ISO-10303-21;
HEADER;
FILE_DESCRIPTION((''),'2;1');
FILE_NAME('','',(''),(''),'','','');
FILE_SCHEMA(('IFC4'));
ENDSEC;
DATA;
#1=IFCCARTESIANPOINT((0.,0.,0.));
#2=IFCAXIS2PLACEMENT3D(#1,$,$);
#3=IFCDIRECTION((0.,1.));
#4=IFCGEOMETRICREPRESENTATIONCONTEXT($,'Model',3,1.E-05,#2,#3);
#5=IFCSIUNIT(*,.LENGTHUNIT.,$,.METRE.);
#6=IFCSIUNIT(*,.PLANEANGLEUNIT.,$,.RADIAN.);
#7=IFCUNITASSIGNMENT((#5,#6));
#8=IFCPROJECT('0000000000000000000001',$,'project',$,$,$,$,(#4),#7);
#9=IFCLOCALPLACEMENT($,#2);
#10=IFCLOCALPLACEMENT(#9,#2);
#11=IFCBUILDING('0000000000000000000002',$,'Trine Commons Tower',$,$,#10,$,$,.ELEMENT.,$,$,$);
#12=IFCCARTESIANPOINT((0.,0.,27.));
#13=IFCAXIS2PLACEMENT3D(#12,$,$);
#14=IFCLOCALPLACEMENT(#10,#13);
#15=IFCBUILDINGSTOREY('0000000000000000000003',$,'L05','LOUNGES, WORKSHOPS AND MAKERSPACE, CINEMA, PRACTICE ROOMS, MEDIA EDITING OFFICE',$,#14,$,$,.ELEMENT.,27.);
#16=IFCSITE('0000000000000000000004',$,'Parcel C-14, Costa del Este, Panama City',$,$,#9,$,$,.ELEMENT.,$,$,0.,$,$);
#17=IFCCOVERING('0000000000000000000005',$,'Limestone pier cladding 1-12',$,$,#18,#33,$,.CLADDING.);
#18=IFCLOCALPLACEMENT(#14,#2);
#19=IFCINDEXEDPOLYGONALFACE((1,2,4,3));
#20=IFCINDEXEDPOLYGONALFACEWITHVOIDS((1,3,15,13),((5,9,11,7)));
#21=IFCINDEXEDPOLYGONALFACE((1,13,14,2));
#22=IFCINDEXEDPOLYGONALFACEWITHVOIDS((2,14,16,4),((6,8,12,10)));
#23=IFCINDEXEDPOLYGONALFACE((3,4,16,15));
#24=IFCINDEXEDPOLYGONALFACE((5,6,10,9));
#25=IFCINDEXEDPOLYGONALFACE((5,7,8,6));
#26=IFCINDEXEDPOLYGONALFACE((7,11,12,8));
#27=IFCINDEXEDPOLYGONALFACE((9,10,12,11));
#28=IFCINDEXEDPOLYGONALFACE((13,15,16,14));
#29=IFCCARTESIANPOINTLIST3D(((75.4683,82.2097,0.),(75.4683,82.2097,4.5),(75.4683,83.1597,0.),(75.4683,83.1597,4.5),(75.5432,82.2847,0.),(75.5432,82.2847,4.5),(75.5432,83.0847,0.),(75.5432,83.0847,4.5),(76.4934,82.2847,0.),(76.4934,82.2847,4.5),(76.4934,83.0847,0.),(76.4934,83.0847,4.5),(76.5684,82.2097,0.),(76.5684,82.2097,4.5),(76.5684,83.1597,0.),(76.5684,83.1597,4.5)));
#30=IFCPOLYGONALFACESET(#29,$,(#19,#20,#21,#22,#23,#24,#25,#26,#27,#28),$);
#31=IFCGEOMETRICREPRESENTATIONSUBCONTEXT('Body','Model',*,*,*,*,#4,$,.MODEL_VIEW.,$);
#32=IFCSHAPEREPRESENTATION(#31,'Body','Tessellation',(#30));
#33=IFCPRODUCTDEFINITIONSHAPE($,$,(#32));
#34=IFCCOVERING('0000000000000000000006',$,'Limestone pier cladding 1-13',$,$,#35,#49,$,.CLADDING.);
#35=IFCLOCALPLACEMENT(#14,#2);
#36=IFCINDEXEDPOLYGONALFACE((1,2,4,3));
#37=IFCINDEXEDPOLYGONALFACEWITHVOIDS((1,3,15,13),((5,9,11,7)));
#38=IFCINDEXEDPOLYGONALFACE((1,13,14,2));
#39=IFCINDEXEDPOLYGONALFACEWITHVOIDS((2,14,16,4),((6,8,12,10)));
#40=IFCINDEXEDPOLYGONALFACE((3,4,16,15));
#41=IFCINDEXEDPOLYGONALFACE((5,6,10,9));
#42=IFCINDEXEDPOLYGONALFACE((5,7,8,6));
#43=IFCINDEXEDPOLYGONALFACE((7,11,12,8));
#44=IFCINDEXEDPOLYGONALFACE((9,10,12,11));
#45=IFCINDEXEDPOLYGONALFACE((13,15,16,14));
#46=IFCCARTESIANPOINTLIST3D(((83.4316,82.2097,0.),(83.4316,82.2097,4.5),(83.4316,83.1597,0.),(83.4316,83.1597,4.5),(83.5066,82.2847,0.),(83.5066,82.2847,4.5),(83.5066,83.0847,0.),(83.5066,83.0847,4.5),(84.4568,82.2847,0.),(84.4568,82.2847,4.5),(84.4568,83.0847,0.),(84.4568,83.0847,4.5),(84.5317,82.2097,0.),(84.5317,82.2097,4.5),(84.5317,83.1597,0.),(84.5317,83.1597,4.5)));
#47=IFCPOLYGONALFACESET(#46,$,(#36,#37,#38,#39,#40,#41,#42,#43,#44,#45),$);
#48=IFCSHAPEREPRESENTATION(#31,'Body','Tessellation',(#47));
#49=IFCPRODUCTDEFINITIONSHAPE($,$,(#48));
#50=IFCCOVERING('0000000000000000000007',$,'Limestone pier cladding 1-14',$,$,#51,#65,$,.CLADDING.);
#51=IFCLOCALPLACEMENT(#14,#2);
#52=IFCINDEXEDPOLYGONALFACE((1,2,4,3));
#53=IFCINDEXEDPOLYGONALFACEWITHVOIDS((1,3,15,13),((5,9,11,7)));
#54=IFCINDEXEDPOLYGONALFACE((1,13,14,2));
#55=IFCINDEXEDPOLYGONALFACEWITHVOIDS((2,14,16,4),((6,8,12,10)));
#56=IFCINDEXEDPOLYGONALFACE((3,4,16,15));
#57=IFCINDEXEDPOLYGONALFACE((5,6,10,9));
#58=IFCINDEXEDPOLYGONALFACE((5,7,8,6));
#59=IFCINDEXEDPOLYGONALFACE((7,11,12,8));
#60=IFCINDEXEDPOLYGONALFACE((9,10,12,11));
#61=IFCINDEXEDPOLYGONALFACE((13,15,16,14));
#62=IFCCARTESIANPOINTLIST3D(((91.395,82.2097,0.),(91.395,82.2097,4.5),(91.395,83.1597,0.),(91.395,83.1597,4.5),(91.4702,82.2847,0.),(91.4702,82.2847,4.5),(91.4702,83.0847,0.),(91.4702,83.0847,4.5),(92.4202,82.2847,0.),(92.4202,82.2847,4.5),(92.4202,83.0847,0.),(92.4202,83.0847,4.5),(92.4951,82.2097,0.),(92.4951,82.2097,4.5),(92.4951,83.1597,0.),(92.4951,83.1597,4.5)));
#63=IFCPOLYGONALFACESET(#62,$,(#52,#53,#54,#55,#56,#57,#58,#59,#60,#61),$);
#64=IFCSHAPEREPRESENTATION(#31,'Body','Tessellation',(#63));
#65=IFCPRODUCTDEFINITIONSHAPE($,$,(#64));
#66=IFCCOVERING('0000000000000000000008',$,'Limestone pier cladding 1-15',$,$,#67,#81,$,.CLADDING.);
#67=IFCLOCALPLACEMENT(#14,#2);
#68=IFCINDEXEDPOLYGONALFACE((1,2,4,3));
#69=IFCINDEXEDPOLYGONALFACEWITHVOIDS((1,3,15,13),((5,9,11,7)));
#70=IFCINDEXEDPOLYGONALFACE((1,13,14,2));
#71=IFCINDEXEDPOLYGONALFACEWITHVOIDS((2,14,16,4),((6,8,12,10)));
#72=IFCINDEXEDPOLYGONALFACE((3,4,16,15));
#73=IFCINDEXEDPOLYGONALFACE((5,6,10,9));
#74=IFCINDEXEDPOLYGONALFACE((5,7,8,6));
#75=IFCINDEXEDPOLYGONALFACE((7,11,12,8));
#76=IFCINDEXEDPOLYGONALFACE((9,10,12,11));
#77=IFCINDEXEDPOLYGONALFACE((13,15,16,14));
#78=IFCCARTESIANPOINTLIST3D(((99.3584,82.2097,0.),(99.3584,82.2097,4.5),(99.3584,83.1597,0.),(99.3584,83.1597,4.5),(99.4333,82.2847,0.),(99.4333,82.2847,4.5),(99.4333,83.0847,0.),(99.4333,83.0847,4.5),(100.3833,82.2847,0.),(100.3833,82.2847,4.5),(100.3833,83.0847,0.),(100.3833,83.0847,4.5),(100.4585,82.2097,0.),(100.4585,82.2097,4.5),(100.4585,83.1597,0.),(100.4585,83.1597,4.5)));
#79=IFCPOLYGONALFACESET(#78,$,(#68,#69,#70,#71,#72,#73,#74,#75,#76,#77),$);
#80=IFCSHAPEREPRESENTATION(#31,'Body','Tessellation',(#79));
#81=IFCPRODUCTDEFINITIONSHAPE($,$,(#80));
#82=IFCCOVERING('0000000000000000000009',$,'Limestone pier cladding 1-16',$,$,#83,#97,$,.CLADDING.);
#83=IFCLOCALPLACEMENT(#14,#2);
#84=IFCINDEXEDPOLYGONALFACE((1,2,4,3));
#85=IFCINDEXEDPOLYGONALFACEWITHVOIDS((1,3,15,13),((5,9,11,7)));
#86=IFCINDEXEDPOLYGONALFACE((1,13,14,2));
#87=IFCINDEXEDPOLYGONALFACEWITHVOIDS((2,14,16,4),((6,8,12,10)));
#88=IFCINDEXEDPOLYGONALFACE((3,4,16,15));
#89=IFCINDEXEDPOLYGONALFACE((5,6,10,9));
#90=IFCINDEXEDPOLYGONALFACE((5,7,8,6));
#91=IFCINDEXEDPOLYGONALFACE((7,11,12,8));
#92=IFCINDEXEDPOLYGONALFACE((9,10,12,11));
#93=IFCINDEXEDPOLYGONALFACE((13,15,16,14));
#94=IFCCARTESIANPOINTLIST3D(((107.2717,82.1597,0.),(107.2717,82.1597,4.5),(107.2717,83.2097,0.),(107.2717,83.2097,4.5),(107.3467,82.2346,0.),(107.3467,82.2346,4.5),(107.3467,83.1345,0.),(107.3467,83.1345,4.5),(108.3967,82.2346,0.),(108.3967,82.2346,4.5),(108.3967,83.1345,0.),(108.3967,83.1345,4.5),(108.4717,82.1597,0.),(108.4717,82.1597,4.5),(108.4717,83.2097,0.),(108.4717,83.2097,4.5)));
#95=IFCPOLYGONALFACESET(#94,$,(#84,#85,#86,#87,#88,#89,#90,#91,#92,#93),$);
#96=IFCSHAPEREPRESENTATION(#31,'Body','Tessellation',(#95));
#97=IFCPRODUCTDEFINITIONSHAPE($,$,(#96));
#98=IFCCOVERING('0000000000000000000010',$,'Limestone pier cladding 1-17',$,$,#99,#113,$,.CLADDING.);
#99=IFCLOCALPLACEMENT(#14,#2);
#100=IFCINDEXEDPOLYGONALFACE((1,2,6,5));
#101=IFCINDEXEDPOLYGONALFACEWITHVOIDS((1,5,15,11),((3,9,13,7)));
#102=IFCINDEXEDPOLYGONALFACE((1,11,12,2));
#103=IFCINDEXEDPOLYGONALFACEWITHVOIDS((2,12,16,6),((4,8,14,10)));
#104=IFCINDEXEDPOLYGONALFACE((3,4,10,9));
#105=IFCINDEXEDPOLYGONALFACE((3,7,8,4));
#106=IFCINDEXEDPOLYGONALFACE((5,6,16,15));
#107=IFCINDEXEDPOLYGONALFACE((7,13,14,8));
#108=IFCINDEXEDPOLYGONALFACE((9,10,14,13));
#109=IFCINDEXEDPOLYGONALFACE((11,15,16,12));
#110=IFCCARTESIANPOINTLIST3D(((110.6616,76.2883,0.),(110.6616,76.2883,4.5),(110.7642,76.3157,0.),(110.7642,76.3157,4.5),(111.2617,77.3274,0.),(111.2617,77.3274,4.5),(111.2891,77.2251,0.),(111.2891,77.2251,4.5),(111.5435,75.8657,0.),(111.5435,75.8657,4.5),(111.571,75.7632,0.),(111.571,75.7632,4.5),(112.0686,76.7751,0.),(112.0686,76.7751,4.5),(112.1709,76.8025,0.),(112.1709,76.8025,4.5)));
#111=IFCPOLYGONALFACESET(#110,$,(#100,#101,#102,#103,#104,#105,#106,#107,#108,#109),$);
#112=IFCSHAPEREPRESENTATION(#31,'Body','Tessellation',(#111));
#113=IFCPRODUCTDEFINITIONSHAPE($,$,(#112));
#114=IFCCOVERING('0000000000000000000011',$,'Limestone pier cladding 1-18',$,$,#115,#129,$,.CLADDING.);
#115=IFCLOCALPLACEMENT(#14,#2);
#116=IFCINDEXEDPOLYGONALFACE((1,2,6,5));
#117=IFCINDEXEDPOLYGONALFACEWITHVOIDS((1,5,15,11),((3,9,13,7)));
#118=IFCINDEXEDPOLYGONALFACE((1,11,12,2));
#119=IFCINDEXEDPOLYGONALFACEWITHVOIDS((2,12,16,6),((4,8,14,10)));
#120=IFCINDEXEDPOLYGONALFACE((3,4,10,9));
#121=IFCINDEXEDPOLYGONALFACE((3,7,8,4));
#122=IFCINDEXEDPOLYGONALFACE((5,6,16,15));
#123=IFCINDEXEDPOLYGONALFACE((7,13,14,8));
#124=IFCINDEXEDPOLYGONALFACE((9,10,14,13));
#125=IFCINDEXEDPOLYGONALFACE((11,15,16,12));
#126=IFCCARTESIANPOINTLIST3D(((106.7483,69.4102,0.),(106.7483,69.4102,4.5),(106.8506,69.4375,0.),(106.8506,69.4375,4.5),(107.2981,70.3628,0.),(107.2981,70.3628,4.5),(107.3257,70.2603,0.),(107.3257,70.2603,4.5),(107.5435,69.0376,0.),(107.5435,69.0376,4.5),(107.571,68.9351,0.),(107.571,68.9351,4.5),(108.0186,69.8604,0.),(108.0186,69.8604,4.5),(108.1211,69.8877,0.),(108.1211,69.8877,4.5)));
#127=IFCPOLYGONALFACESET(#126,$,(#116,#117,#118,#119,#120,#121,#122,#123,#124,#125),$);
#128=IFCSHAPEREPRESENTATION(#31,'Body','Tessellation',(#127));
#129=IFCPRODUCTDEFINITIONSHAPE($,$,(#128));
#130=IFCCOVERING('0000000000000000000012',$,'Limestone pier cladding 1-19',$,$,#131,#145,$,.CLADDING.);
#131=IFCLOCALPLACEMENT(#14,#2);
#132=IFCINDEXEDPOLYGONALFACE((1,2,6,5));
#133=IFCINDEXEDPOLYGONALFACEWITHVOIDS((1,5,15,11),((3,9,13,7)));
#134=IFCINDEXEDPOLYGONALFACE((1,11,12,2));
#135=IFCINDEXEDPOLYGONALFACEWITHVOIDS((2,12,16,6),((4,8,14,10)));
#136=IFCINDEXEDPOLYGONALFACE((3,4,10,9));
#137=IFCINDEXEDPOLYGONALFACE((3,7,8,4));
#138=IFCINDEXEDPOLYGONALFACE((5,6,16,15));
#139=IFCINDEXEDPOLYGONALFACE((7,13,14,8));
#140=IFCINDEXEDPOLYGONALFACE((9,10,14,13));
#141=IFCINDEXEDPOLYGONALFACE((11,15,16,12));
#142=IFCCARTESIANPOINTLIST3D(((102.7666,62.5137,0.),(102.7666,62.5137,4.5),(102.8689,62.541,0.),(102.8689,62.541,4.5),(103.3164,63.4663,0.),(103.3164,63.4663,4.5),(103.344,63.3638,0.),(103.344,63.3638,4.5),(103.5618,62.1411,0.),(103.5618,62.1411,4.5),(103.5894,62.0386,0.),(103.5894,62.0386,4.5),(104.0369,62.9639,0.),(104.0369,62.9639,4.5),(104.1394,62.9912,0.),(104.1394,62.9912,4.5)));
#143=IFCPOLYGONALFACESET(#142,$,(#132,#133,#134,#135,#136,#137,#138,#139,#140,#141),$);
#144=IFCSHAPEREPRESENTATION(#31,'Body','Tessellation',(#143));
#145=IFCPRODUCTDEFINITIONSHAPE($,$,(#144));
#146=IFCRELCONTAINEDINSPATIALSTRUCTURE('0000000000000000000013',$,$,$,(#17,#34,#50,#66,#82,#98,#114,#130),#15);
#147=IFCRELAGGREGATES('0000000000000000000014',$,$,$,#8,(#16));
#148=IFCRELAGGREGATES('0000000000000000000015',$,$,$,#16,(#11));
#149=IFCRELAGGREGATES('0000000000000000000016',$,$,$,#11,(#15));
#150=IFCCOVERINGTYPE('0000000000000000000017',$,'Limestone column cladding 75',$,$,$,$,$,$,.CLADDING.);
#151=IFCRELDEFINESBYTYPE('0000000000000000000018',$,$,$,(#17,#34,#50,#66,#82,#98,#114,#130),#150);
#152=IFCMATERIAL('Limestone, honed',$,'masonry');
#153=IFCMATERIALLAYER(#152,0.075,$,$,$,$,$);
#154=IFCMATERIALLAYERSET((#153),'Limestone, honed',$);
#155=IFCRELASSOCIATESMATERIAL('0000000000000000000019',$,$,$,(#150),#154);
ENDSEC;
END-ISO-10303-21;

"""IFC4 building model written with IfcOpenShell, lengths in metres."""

from ifc_helpers import new_model, si_unit, direction, frame, origin, place, context, subcontext, project, spatial, polyline, outline, extrude, material, layer, layer_set, type_object, element, save


model = new_model("IFC4")

# Units and contexts
model_context = context("Model", 3, precision=1e-05, world=origin(), true_north=direction((0.0, 1.0)))
body_context = subcontext(model_context, "Body", "Model", "MODEL_VIEW")
ifc_project = project(units=[si_unit("LENGTHUNIT", "METRE"), si_unit("PLANEANGLEUNIT", "RADIAN")], contexts=[model_context])

# Site, building, storey
site_placement = place(None, origin())
site = spatial("IfcSite", under=ifc_project, at=site_placement, Name="Parcel C-14, Costa del Este, Panama City", CompositionType="ELEMENT", RefElevation=0.0)
building_placement = place(site_placement, origin())
building = spatial("IfcBuilding", under=site, at=building_placement, Name="Trine Commons Tower", CompositionType="ELEMENT")
storey_placement = place(building_placement, frame((0.0, 0.0, 27.0)))
storey = spatial("IfcBuildingStorey", under=building, at=storey_placement, Name="L05", Description="LOUNGES, WORKSHOPS AND MAKERSPACE, CINEMA, PRACTICE ROOMS, MEDIA EDITING OFFICE", CompositionType="ELEMENT", Elevation=27.0)

# Coverings
ifc_material_1 = material(Name="Limestone, honed", Category="masonry")
ifc_layer_1 = layer(ifc_material_1, 0.075)
ifc_layer_set_1 = layer_set([ifc_layer_1], Name="Limestone, honed")
covering_type = type_object("IfcCoveringType", Name="Limestone column cladding 75", PredefinedType="CLADDING", material=ifc_layer_set_1)
covering_1_placement = place(storey_placement, origin())
element("IfcCovering", 1, at=covering_1_placement, inside=storey, type_object=covering_type, Name="Limestone pier cladding 1-12", PredefinedType="CLADDING", context=body_context, shape_type="SweptSolid", body=[
    extrude(outline(polyline([(76.5684, 82.2097), (76.5684, 83.1597), (75.4683, 83.1597), (75.4683, 82.2097), (76.5684, 82.2097)]), holes=[polyline([(76.4934, 82.2847), (76.4934, 83.0847), (75.5432, 83.0847), (75.5432, 82.2847), (76.4934, 82.2847)])]), origin(), (0.0, 0.0, 1.0), 4.5),
])
covering_2_placement = place(storey_placement, origin())
element("IfcCovering", 2, at=covering_2_placement, inside=storey, type_object=covering_type, Name="Limestone pier cladding 1-13", PredefinedType="CLADDING", context=body_context, shape_type="SweptSolid", body=[
    extrude(outline(polyline([(84.5317, 82.2097), (84.5317, 83.1597), (83.4316, 83.1597), (83.4316, 82.2097), (84.5317, 82.2097)]), holes=[polyline([(84.4568, 82.2847), (84.4568, 83.0847), (83.5066, 83.0847), (83.5066, 82.2847), (84.4568, 82.2847)])]), origin(), (0.0, 0.0, 1.0), 4.5),
])
covering_3_placement = place(storey_placement, origin())
element("IfcCovering", 3, at=covering_3_placement, inside=storey, type_object=covering_type, Name="Limestone pier cladding 1-14", PredefinedType="CLADDING", context=body_context, shape_type="SweptSolid", body=[
    extrude(outline(polyline([(92.4951, 82.2097), (92.4951, 83.1597), (91.395, 83.1597), (91.395, 82.2097), (92.4951, 82.2097)]), holes=[polyline([(92.4202, 82.2847), (92.4202, 83.0847), (91.4702, 83.0847), (91.4702, 82.2847), (92.4202, 82.2847)])]), origin(), (0.0, 0.0, 1.0), 4.5),
])
covering_4_placement = place(storey_placement, origin())
element("IfcCovering", 4, at=covering_4_placement, inside=storey, type_object=covering_type, Name="Limestone pier cladding 1-15", PredefinedType="CLADDING", context=body_context, shape_type="SweptSolid", body=[
    extrude(outline(polyline([(100.4585, 82.2097), (100.4585, 83.1597), (99.3584, 83.1597), (99.3584, 82.2097), (100.4585, 82.2097)]), holes=[polyline([(100.3833, 82.2847), (100.3833, 83.0847), (99.4333, 83.0847), (99.4333, 82.2847), (100.3833, 82.2847)])]), origin(), (0.0, 0.0, 1.0), 4.5),
])
covering_5_placement = place(storey_placement, origin())
element("IfcCovering", 5, at=covering_5_placement, inside=storey, type_object=covering_type, Name="Limestone pier cladding 1-16", PredefinedType="CLADDING", context=body_context, shape_type="SweptSolid", body=[
    extrude(outline(polyline([(108.4717, 82.1597), (108.4717, 83.2097), (107.2717, 83.2097), (107.2717, 82.1597), (108.4717, 82.1597)]), holes=[polyline([(108.3967, 82.2346), (108.3967, 83.1345), (107.3467, 83.1345), (107.3467, 82.2346), (108.3967, 82.2346)])]), origin(), (0.0, 0.0, 1.0), 4.5),
])
covering_6_placement = place(storey_placement, origin())
element("IfcCovering", 6, at=covering_6_placement, inside=storey, type_object=covering_type, Name="Limestone pier cladding 1-17", PredefinedType="CLADDING", context=body_context, shape_type="SweptSolid", body=[
    extrude(outline(polyline([(112.1709, 76.8025), (111.2617, 77.3274), (110.6616, 76.2883), (111.571, 75.7632), (112.1709, 76.8025)]), holes=[polyline([(112.0686, 76.7751), (111.2891, 77.2251), (110.7642, 76.3157), (111.5435, 75.8657), (112.0686, 76.7751)])]), origin(), (0.0, 0.0, 1.0), 4.5),
])
covering_7_placement = place(storey_placement, origin())
element("IfcCovering", 7, at=covering_7_placement, inside=storey, type_object=covering_type, Name="Limestone pier cladding 1-18", PredefinedType="CLADDING", context=body_context, shape_type="SweptSolid", body=[
    extrude(outline(polyline([(108.1211, 69.8877), (107.2981, 70.3628), (106.7483, 69.4102), (107.571, 68.9351), (108.1211, 69.8877)]), holes=[polyline([(108.0186, 69.8604), (107.3257, 70.2603), (106.8506, 69.4375), (107.5435, 69.0376), (108.0186, 69.8604)])]), origin(), (0.0, 0.0, 1.0), 4.5),
])
covering_8_placement = place(storey_placement, origin())
element("IfcCovering", 8, at=covering_8_placement, inside=storey, type_object=covering_type, Name="Limestone pier cladding 1-19", PredefinedType="CLADDING", context=body_context, shape_type="SweptSolid", body=[
    extrude(outline(polyline([(104.1394, 62.9912), (103.3164, 63.4663), (102.7666, 62.5137), (103.5894, 62.0386), (104.1394, 62.9912)]), holes=[polyline([(104.0369, 62.9639), (103.344, 63.3638), (102.8689, 62.541), (103.5618, 62.1411), (104.0369, 62.9639)])]), origin(), (0.0, 0.0, 1.0), 4.5),
])

save(model, "model.ifc")
